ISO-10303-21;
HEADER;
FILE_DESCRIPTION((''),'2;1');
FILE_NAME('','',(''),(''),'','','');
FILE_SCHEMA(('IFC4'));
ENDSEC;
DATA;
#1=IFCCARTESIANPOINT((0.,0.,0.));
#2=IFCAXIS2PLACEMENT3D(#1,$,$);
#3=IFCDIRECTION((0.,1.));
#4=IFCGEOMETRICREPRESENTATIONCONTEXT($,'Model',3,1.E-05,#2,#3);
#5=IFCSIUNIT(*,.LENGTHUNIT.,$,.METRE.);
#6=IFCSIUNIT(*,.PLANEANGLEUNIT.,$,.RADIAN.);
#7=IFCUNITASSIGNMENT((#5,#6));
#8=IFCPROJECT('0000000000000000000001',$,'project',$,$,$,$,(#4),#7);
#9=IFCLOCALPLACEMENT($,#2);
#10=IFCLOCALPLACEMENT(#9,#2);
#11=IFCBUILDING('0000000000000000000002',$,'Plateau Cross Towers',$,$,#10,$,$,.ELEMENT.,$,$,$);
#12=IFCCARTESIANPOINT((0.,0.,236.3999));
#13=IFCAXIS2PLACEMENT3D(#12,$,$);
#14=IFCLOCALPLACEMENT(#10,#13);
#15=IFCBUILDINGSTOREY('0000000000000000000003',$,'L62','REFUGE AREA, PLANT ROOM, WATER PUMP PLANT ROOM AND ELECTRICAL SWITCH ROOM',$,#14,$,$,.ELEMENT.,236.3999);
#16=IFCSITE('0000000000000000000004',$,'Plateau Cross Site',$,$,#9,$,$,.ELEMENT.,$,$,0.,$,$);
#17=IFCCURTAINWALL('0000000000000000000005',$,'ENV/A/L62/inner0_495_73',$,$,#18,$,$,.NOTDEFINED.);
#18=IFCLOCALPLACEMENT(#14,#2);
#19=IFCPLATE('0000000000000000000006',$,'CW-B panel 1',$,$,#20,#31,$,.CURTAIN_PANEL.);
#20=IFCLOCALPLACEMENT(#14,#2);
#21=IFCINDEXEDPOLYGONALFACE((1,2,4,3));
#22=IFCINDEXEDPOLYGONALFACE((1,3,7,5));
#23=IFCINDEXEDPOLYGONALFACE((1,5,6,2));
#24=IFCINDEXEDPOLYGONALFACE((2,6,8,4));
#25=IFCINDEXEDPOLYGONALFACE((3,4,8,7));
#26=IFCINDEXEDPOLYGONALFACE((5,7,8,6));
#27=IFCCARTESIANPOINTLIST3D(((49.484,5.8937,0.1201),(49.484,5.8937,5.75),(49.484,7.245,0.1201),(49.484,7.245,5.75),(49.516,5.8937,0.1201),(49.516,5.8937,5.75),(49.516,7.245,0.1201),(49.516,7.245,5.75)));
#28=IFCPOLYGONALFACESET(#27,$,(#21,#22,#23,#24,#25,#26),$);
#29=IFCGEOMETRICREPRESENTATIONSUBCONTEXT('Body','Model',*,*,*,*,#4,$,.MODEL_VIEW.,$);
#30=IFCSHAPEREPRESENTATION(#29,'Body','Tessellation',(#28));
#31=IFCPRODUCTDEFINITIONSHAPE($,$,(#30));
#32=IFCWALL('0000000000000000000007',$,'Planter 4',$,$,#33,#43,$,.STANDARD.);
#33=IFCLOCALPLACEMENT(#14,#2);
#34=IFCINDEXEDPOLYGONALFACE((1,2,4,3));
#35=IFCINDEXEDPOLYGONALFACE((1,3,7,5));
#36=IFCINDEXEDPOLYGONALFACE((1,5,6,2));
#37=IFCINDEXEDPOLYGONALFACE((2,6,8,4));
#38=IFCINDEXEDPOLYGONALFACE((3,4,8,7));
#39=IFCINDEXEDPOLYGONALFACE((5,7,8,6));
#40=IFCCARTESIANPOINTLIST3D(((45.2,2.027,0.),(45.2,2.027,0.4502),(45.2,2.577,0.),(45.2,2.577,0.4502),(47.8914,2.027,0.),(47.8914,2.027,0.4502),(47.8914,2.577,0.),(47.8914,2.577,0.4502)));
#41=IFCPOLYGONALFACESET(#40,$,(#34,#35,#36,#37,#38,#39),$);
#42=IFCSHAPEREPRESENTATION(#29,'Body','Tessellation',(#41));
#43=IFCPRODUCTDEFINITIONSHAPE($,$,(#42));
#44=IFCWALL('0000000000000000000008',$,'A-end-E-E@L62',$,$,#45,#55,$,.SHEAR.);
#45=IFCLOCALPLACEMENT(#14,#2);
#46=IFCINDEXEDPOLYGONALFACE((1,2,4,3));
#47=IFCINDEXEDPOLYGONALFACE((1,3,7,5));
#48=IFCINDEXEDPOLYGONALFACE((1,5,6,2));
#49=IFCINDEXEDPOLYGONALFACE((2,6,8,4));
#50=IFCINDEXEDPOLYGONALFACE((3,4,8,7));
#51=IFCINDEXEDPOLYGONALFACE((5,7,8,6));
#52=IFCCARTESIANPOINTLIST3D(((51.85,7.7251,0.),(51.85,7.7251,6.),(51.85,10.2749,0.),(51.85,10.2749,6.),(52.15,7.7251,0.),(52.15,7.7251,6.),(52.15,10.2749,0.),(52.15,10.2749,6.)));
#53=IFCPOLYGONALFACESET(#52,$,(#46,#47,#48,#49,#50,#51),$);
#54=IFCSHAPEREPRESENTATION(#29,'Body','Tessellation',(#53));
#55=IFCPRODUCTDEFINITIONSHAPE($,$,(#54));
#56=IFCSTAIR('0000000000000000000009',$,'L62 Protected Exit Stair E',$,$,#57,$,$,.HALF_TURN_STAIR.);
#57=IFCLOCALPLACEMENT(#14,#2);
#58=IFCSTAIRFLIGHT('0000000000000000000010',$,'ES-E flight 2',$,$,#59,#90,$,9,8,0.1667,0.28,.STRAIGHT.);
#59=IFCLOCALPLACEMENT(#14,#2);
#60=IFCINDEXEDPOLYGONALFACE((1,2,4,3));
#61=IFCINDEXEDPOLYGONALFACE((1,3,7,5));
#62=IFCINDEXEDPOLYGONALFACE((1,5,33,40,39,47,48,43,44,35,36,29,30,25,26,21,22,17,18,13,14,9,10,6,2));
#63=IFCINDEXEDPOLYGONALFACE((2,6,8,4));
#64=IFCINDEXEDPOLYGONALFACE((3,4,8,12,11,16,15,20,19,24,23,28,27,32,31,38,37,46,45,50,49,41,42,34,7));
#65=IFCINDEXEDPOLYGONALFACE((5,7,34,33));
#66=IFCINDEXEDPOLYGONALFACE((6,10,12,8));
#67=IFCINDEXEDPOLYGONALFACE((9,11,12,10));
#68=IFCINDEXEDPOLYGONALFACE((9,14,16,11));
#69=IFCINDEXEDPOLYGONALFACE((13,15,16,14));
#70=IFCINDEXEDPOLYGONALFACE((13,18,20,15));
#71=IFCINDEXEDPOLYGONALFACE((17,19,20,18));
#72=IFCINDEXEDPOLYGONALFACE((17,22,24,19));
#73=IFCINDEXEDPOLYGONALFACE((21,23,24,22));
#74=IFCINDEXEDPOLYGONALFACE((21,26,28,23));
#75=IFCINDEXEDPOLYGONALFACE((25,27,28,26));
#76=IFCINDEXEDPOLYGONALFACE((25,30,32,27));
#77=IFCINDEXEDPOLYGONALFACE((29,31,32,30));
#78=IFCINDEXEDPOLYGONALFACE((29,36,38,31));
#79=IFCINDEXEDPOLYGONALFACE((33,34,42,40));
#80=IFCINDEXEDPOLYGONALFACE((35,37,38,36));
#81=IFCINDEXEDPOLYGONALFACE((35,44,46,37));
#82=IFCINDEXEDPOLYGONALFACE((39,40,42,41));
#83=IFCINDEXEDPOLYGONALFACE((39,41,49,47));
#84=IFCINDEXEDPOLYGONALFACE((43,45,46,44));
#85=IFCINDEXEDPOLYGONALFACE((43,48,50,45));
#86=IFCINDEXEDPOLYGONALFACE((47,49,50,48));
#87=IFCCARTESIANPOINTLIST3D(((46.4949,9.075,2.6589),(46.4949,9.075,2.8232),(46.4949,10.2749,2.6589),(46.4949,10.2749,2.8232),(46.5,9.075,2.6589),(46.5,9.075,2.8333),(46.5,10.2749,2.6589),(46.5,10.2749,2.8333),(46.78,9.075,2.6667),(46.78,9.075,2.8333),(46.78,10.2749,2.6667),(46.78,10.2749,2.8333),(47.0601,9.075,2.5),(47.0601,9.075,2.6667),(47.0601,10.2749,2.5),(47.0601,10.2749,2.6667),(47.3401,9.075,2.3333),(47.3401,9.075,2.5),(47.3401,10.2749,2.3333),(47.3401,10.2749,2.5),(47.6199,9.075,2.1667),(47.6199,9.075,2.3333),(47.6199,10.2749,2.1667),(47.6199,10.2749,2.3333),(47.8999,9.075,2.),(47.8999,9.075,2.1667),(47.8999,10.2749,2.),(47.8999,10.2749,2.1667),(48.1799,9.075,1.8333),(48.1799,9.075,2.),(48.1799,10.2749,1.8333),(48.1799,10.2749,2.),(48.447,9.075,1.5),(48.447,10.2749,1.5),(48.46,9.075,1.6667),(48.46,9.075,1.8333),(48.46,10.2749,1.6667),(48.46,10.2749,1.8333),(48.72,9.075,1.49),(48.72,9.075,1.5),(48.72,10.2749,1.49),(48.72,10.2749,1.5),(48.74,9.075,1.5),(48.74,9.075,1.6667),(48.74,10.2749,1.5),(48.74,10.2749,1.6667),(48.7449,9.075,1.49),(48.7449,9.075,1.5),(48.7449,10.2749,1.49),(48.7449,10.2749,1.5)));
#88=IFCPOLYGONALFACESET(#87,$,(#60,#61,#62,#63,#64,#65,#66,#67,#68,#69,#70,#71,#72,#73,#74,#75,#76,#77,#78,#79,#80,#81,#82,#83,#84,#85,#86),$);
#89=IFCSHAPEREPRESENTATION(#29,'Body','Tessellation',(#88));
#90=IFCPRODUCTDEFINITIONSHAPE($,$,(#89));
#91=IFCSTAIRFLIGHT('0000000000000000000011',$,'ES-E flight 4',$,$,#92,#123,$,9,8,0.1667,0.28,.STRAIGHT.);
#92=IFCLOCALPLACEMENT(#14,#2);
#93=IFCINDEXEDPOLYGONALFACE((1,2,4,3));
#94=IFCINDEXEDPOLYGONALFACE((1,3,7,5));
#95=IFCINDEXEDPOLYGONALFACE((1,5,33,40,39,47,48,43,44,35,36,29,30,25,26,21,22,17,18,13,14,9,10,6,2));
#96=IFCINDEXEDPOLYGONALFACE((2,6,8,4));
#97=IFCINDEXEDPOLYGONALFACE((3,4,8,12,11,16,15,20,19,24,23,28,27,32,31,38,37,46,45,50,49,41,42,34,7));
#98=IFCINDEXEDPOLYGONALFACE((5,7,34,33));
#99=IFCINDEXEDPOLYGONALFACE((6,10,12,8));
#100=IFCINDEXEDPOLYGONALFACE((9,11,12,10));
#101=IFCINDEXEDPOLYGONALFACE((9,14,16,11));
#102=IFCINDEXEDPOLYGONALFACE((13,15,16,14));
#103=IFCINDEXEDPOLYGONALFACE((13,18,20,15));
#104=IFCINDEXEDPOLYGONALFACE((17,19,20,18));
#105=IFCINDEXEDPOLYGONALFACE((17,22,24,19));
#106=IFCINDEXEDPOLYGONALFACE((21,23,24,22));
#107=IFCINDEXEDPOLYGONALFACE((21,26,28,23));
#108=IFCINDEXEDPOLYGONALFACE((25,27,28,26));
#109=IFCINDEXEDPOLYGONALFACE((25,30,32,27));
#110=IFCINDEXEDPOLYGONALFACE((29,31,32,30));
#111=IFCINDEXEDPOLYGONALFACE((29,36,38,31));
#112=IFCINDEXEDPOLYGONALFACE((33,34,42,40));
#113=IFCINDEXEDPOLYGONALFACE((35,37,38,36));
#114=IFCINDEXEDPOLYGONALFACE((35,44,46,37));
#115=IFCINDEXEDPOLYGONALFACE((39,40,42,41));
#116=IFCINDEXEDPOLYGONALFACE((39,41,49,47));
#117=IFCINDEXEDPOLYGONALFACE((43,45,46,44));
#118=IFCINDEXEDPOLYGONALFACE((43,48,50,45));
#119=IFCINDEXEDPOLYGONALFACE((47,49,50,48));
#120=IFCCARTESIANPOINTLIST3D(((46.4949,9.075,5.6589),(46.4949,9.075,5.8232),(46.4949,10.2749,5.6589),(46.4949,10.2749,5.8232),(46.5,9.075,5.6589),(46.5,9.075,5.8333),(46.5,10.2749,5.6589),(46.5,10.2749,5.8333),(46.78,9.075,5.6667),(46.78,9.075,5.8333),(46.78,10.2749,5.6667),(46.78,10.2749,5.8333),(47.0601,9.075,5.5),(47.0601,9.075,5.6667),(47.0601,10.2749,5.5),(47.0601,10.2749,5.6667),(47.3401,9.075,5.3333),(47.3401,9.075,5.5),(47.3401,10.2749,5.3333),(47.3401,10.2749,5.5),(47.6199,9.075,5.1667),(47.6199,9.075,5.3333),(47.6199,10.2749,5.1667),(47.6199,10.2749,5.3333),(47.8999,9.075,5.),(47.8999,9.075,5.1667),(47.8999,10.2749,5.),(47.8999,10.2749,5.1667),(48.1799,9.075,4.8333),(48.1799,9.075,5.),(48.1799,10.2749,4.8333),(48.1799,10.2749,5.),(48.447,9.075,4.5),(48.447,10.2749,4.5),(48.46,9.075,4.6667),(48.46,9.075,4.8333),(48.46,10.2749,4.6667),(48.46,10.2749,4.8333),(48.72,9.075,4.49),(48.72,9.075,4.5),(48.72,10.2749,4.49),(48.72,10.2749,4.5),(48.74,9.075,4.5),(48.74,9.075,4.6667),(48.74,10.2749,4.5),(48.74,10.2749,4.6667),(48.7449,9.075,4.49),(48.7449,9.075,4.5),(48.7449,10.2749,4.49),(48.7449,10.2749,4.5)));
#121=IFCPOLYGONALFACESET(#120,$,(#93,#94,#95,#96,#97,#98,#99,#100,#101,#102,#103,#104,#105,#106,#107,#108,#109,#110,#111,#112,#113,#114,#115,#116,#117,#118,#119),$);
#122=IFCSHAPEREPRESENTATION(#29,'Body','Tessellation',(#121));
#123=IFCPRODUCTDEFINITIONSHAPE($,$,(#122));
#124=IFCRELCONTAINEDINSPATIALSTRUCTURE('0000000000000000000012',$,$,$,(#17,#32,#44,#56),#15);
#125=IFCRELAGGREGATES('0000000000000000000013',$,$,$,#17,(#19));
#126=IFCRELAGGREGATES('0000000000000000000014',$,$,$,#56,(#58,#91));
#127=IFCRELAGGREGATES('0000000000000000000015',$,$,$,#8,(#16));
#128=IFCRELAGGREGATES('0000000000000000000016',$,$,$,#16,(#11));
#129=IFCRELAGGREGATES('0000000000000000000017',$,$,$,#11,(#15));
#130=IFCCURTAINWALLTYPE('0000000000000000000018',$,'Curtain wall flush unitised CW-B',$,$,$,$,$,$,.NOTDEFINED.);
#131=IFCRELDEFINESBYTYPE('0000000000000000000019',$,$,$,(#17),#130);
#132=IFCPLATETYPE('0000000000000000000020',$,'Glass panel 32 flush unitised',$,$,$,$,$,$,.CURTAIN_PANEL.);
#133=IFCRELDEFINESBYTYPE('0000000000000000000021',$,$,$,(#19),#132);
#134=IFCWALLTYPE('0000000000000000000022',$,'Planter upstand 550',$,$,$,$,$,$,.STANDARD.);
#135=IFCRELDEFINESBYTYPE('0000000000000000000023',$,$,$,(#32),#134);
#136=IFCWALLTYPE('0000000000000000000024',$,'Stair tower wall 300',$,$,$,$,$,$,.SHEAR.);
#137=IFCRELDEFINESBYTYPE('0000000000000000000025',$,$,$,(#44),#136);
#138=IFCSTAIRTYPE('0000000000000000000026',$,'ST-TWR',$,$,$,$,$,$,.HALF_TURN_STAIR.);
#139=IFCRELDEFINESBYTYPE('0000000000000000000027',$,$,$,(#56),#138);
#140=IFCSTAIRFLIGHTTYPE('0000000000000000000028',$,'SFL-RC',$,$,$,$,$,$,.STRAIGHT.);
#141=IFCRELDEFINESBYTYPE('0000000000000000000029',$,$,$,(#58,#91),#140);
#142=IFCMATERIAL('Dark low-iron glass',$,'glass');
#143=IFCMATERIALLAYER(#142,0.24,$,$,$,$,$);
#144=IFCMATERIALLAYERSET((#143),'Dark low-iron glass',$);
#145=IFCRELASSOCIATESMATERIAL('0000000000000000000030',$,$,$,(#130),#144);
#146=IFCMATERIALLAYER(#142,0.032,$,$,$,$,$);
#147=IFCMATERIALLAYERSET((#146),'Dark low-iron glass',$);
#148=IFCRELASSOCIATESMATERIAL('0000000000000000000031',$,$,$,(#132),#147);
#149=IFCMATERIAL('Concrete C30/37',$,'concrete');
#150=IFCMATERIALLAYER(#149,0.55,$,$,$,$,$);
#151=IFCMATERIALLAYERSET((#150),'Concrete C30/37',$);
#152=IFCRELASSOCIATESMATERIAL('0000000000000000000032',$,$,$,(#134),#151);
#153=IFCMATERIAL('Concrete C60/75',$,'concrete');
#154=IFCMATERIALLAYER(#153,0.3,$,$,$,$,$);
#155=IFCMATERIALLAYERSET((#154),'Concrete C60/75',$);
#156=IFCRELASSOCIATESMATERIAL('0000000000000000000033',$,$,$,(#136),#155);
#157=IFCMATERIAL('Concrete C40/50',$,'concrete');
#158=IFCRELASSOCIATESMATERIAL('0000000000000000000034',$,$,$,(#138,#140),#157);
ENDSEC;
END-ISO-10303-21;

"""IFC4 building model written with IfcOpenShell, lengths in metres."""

from ifc_helpers import new_model, si_unit, direction, frame, frame_2d, origin, origin_2d, place, context, subcontext, project, spatial, polyline, rectangle, outline, extrude, material, layer, layer_set, type_object, element, aggregate, save


model = new_model("IFC4")

# Units and contexts
model_context = context("Model", 3, precision=1e-05, world=origin(), true_north=direction((0.0, 1.0)))
body_context = subcontext(model_context, "Body", "Model", "MODEL_VIEW")
ifc_project = project(units=[si_unit("LENGTHUNIT", "METRE"), si_unit("PLANEANGLEUNIT", "RADIAN")], contexts=[model_context])

# Site, building, storey
site_placement = place(None, origin())
site = spatial("IfcSite", under=ifc_project, at=site_placement, Name="Plateau Cross Site", CompositionType="ELEMENT", RefElevation=0.0)
building_placement = place(site_placement, origin())
building = spatial("IfcBuilding", under=site, at=building_placement, Name="Plateau Cross Towers", CompositionType="ELEMENT")
storey_placement = place(building_placement, frame((0.0, 0.0, 236.3999)))
storey = spatial("IfcBuildingStorey", under=building, at=storey_placement, Name="L62", Description="REFUGE AREA, PLANT ROOM, WATER PUMP PLANT ROOM AND ELECTRICAL SWITCH ROOM", CompositionType="ELEMENT", Elevation=236.3999)

# Shared definitions
ifc_material_1 = material(Name="Concrete C60/75", Category="concrete")

# Shared definitions
ifc_material_2 = material(Name="Dark low-iron glass", Category="glass")
ifc_layer_1 = layer(ifc_material_2, 0.24)
ifc_layer_set_1 = layer_set([ifc_layer_1], Name="Dark low-iron glass")
curtain_wall_type = type_object("IfcCurtainWallType", Name="Curtain wall flush unitised CW-B", PredefinedType="NOTDEFINED", material=ifc_layer_set_1)

# Curtain wall
curtain_wall_1_placement = place(storey_placement, origin())
curtain_wall_1 = element("IfcCurtainWall", 1, at=curtain_wall_1_placement, inside=storey, type_object=curtain_wall_type, Name="ENV/A/L62/inner0_495_73", PredefinedType="NOTDEFINED")

# Plate
ifc_layer_2 = layer(ifc_material_2, 0.032)
ifc_layer_set_2 = layer_set([ifc_layer_2], Name="Dark low-iron glass")
plate_type = type_object("IfcPlateType", Name="Glass panel 32 flush unitised", PredefinedType="CURTAIN_PANEL", material=ifc_layer_set_2)
plate_1_placement = place(storey_placement, frame((49.5, 6.5693, 0.1201), z_axis=(0.0, 0.0, 1.0), x_axis=(0.0, -1.0, 0.0)))
plate_1 = element("IfcPlate", 2, at=plate_1_placement, type_object=plate_type, Name="CW-B panel 1", PredefinedType="CURTAIN_PANEL", context=body_context, shape_type="SweptSolid", body=[
    extrude(rectangle(XDim=1.3513, YDim=0.032, at=origin_2d()), origin(), (0.0, 0.0, 1.0), 5.6299),
])
aggregate(curtain_wall_1, [plate_1])

# Walls
ifc_material_3 = material(Name="Concrete C30/37", Category="concrete")
ifc_layer_3 = layer(ifc_material_3, 0.55)
ifc_layer_set_3 = layer_set([ifc_layer_3], Name="Concrete C30/37")
wall_type_1 = type_object("IfcWallType", Name="Planter upstand 550", PredefinedType="STANDARD", material=ifc_layer_set_3)
wall_1_placement = place(storey_placement, frame((47.8914, 2.302, 0.0), z_axis=(0.0, 0.0, 1.0), x_axis=(-1.0, 0.0, 0.0)))
element("IfcWall", 3, at=wall_1_placement, inside=storey, type_object=wall_type_1, Name="Planter 4", PredefinedType="STANDARD", context=body_context, shape_type="SweptSolid", body=[
    extrude(rectangle(XDim=2.6914, YDim=0.55, at=frame_2d((1.3457, 0.0))), origin(), (0.0, 0.0, 1.0), 0.4502),
])
ifc_layer_4 = layer(ifc_material_1, 0.3)
ifc_layer_set_4 = layer_set([ifc_layer_4], Name="Concrete C60/75")
wall_type_2 = type_object("IfcWallType", Name="Stair tower wall 300", PredefinedType="SHEAR", material=ifc_layer_set_4)
wall_2_placement = place(storey_placement, frame((52.0, 7.7251, 0.0), z_axis=(0.0, 0.0, 1.0), x_axis=(0.0, 1.0, 0.0)))
element("IfcWall", 4, at=wall_2_placement, inside=storey, type_object=wall_type_2, Name="A-end-E-E@L62", PredefinedType="SHEAR", context=body_context, shape_type="SweptSolid", body=[
    extrude(rectangle(XDim=2.5498, YDim=0.3, at=frame_2d((1.2749, 0.0))), origin(), (0.0, 0.0, 1.0), 6.0),
])

# Stair, stair flights
ifc_material_4 = material(Name="Concrete C40/50", Category="concrete")
stair_type = type_object("IfcStairType", Name="ST-TWR", PredefinedType="HALF_TURN_STAIR", material=ifc_material_4)
stair_placement = place(storey_placement, origin())
stair = element("IfcStair", 5, at=stair_placement, inside=storey, type_object=stair_type, Name="L62 Protected Exit Stair E", PredefinedType="HALF_TURN_STAIR")
stair_flight_type = type_object("IfcStairFlightType", Name="SFL-RC", PredefinedType="STRAIGHT", material=ifc_material_4)
stair_flight_1_placement = place(storey_placement, frame((48.74, 9.675, 1.5), z_axis=(0.0, 0.0, 1.0), x_axis=(-1.0, 0.0, 0.0)))
stair_flight_1 = element("IfcStairFlight", 6, at=stair_flight_1_placement, type_object=stair_flight_type, Name="ES-E flight 2", NumberOfRisers=9, NumberOfTreads=8, PredefinedType="STRAIGHT", RiserHeight=0.1667, TreadLength=0.28, context=body_context, shape_type="SweptSolid", body=[
    extrude(outline(polyline([(-0.0049, -0.01), (-0.0049, 0.0), (0.0, 0.0), (0.0, 0.1667), (0.28, 0.1667), (0.28, 0.3333), (0.5601, 0.3333), (0.5601, 0.5), (0.8401, 0.5), (0.8401, 0.6667), (1.1201, 0.6667), (1.1201, 0.8333), (1.3999, 0.8333), (1.3999, 1.0), (1.6799, 1.0), (1.6799, 1.1667), (1.96, 1.1667), (1.96, 1.3333), (2.24, 1.3333), (2.2451, 1.3232), (2.2451, 1.1589), (2.24, 1.1589), (0.293, 0.0), (0.02, 0.0), (0.02, -0.01), (-0.0049, -0.01)])), frame((0.0, 0.6001, 0.0), z_axis=(0.0, -1.0, 0.0), x_axis=(1.0, 0.0, 0.0)), (0.0, 0.0, 1.0), 1.2),
])
stair_flight_2_placement = place(storey_placement, frame((48.74, 9.675, 4.5), z_axis=(0.0, 0.0, 1.0), x_axis=(-1.0, 0.0, 0.0)))
stair_flight_2 = element("IfcStairFlight", 7, at=stair_flight_2_placement, type_object=stair_flight_type, Name="ES-E flight 4", NumberOfRisers=9, NumberOfTreads=8, PredefinedType="STRAIGHT", RiserHeight=0.1667, TreadLength=0.28, context=body_context, shape_type="SweptSolid", body=[
    extrude(outline(polyline([(-0.0049, -0.01), (-0.0049, 0.0), (0.0, 0.0), (0.0, 0.1667), (0.28, 0.1667), (0.28, 0.3333), (0.5601, 0.3333), (0.5601, 0.5), (0.8401, 0.5), (0.8401, 0.6667), (1.1201, 0.6667), (1.1201, 0.8333), (1.3999, 0.8333), (1.3999, 1.0), (1.6799, 1.0), (1.6799, 1.1667), (1.96, 1.1667), (1.96, 1.3333), (2.24, 1.3333), (2.2451, 1.3232), (2.2451, 1.1589), (2.24, 1.1589), (0.293, 0.0), (0.02, 0.0), (0.02, -0.01), (-0.0049, -0.01)])), frame((0.0, 0.6001, 0.0), z_axis=(0.0, -1.0, 0.0), x_axis=(1.0, 0.0, 0.0)), (0.0, 0.0, 1.0), 1.2),
])
aggregate(stair, [stair_flight_1, stair_flight_2])

save(model, "model.ifc")
